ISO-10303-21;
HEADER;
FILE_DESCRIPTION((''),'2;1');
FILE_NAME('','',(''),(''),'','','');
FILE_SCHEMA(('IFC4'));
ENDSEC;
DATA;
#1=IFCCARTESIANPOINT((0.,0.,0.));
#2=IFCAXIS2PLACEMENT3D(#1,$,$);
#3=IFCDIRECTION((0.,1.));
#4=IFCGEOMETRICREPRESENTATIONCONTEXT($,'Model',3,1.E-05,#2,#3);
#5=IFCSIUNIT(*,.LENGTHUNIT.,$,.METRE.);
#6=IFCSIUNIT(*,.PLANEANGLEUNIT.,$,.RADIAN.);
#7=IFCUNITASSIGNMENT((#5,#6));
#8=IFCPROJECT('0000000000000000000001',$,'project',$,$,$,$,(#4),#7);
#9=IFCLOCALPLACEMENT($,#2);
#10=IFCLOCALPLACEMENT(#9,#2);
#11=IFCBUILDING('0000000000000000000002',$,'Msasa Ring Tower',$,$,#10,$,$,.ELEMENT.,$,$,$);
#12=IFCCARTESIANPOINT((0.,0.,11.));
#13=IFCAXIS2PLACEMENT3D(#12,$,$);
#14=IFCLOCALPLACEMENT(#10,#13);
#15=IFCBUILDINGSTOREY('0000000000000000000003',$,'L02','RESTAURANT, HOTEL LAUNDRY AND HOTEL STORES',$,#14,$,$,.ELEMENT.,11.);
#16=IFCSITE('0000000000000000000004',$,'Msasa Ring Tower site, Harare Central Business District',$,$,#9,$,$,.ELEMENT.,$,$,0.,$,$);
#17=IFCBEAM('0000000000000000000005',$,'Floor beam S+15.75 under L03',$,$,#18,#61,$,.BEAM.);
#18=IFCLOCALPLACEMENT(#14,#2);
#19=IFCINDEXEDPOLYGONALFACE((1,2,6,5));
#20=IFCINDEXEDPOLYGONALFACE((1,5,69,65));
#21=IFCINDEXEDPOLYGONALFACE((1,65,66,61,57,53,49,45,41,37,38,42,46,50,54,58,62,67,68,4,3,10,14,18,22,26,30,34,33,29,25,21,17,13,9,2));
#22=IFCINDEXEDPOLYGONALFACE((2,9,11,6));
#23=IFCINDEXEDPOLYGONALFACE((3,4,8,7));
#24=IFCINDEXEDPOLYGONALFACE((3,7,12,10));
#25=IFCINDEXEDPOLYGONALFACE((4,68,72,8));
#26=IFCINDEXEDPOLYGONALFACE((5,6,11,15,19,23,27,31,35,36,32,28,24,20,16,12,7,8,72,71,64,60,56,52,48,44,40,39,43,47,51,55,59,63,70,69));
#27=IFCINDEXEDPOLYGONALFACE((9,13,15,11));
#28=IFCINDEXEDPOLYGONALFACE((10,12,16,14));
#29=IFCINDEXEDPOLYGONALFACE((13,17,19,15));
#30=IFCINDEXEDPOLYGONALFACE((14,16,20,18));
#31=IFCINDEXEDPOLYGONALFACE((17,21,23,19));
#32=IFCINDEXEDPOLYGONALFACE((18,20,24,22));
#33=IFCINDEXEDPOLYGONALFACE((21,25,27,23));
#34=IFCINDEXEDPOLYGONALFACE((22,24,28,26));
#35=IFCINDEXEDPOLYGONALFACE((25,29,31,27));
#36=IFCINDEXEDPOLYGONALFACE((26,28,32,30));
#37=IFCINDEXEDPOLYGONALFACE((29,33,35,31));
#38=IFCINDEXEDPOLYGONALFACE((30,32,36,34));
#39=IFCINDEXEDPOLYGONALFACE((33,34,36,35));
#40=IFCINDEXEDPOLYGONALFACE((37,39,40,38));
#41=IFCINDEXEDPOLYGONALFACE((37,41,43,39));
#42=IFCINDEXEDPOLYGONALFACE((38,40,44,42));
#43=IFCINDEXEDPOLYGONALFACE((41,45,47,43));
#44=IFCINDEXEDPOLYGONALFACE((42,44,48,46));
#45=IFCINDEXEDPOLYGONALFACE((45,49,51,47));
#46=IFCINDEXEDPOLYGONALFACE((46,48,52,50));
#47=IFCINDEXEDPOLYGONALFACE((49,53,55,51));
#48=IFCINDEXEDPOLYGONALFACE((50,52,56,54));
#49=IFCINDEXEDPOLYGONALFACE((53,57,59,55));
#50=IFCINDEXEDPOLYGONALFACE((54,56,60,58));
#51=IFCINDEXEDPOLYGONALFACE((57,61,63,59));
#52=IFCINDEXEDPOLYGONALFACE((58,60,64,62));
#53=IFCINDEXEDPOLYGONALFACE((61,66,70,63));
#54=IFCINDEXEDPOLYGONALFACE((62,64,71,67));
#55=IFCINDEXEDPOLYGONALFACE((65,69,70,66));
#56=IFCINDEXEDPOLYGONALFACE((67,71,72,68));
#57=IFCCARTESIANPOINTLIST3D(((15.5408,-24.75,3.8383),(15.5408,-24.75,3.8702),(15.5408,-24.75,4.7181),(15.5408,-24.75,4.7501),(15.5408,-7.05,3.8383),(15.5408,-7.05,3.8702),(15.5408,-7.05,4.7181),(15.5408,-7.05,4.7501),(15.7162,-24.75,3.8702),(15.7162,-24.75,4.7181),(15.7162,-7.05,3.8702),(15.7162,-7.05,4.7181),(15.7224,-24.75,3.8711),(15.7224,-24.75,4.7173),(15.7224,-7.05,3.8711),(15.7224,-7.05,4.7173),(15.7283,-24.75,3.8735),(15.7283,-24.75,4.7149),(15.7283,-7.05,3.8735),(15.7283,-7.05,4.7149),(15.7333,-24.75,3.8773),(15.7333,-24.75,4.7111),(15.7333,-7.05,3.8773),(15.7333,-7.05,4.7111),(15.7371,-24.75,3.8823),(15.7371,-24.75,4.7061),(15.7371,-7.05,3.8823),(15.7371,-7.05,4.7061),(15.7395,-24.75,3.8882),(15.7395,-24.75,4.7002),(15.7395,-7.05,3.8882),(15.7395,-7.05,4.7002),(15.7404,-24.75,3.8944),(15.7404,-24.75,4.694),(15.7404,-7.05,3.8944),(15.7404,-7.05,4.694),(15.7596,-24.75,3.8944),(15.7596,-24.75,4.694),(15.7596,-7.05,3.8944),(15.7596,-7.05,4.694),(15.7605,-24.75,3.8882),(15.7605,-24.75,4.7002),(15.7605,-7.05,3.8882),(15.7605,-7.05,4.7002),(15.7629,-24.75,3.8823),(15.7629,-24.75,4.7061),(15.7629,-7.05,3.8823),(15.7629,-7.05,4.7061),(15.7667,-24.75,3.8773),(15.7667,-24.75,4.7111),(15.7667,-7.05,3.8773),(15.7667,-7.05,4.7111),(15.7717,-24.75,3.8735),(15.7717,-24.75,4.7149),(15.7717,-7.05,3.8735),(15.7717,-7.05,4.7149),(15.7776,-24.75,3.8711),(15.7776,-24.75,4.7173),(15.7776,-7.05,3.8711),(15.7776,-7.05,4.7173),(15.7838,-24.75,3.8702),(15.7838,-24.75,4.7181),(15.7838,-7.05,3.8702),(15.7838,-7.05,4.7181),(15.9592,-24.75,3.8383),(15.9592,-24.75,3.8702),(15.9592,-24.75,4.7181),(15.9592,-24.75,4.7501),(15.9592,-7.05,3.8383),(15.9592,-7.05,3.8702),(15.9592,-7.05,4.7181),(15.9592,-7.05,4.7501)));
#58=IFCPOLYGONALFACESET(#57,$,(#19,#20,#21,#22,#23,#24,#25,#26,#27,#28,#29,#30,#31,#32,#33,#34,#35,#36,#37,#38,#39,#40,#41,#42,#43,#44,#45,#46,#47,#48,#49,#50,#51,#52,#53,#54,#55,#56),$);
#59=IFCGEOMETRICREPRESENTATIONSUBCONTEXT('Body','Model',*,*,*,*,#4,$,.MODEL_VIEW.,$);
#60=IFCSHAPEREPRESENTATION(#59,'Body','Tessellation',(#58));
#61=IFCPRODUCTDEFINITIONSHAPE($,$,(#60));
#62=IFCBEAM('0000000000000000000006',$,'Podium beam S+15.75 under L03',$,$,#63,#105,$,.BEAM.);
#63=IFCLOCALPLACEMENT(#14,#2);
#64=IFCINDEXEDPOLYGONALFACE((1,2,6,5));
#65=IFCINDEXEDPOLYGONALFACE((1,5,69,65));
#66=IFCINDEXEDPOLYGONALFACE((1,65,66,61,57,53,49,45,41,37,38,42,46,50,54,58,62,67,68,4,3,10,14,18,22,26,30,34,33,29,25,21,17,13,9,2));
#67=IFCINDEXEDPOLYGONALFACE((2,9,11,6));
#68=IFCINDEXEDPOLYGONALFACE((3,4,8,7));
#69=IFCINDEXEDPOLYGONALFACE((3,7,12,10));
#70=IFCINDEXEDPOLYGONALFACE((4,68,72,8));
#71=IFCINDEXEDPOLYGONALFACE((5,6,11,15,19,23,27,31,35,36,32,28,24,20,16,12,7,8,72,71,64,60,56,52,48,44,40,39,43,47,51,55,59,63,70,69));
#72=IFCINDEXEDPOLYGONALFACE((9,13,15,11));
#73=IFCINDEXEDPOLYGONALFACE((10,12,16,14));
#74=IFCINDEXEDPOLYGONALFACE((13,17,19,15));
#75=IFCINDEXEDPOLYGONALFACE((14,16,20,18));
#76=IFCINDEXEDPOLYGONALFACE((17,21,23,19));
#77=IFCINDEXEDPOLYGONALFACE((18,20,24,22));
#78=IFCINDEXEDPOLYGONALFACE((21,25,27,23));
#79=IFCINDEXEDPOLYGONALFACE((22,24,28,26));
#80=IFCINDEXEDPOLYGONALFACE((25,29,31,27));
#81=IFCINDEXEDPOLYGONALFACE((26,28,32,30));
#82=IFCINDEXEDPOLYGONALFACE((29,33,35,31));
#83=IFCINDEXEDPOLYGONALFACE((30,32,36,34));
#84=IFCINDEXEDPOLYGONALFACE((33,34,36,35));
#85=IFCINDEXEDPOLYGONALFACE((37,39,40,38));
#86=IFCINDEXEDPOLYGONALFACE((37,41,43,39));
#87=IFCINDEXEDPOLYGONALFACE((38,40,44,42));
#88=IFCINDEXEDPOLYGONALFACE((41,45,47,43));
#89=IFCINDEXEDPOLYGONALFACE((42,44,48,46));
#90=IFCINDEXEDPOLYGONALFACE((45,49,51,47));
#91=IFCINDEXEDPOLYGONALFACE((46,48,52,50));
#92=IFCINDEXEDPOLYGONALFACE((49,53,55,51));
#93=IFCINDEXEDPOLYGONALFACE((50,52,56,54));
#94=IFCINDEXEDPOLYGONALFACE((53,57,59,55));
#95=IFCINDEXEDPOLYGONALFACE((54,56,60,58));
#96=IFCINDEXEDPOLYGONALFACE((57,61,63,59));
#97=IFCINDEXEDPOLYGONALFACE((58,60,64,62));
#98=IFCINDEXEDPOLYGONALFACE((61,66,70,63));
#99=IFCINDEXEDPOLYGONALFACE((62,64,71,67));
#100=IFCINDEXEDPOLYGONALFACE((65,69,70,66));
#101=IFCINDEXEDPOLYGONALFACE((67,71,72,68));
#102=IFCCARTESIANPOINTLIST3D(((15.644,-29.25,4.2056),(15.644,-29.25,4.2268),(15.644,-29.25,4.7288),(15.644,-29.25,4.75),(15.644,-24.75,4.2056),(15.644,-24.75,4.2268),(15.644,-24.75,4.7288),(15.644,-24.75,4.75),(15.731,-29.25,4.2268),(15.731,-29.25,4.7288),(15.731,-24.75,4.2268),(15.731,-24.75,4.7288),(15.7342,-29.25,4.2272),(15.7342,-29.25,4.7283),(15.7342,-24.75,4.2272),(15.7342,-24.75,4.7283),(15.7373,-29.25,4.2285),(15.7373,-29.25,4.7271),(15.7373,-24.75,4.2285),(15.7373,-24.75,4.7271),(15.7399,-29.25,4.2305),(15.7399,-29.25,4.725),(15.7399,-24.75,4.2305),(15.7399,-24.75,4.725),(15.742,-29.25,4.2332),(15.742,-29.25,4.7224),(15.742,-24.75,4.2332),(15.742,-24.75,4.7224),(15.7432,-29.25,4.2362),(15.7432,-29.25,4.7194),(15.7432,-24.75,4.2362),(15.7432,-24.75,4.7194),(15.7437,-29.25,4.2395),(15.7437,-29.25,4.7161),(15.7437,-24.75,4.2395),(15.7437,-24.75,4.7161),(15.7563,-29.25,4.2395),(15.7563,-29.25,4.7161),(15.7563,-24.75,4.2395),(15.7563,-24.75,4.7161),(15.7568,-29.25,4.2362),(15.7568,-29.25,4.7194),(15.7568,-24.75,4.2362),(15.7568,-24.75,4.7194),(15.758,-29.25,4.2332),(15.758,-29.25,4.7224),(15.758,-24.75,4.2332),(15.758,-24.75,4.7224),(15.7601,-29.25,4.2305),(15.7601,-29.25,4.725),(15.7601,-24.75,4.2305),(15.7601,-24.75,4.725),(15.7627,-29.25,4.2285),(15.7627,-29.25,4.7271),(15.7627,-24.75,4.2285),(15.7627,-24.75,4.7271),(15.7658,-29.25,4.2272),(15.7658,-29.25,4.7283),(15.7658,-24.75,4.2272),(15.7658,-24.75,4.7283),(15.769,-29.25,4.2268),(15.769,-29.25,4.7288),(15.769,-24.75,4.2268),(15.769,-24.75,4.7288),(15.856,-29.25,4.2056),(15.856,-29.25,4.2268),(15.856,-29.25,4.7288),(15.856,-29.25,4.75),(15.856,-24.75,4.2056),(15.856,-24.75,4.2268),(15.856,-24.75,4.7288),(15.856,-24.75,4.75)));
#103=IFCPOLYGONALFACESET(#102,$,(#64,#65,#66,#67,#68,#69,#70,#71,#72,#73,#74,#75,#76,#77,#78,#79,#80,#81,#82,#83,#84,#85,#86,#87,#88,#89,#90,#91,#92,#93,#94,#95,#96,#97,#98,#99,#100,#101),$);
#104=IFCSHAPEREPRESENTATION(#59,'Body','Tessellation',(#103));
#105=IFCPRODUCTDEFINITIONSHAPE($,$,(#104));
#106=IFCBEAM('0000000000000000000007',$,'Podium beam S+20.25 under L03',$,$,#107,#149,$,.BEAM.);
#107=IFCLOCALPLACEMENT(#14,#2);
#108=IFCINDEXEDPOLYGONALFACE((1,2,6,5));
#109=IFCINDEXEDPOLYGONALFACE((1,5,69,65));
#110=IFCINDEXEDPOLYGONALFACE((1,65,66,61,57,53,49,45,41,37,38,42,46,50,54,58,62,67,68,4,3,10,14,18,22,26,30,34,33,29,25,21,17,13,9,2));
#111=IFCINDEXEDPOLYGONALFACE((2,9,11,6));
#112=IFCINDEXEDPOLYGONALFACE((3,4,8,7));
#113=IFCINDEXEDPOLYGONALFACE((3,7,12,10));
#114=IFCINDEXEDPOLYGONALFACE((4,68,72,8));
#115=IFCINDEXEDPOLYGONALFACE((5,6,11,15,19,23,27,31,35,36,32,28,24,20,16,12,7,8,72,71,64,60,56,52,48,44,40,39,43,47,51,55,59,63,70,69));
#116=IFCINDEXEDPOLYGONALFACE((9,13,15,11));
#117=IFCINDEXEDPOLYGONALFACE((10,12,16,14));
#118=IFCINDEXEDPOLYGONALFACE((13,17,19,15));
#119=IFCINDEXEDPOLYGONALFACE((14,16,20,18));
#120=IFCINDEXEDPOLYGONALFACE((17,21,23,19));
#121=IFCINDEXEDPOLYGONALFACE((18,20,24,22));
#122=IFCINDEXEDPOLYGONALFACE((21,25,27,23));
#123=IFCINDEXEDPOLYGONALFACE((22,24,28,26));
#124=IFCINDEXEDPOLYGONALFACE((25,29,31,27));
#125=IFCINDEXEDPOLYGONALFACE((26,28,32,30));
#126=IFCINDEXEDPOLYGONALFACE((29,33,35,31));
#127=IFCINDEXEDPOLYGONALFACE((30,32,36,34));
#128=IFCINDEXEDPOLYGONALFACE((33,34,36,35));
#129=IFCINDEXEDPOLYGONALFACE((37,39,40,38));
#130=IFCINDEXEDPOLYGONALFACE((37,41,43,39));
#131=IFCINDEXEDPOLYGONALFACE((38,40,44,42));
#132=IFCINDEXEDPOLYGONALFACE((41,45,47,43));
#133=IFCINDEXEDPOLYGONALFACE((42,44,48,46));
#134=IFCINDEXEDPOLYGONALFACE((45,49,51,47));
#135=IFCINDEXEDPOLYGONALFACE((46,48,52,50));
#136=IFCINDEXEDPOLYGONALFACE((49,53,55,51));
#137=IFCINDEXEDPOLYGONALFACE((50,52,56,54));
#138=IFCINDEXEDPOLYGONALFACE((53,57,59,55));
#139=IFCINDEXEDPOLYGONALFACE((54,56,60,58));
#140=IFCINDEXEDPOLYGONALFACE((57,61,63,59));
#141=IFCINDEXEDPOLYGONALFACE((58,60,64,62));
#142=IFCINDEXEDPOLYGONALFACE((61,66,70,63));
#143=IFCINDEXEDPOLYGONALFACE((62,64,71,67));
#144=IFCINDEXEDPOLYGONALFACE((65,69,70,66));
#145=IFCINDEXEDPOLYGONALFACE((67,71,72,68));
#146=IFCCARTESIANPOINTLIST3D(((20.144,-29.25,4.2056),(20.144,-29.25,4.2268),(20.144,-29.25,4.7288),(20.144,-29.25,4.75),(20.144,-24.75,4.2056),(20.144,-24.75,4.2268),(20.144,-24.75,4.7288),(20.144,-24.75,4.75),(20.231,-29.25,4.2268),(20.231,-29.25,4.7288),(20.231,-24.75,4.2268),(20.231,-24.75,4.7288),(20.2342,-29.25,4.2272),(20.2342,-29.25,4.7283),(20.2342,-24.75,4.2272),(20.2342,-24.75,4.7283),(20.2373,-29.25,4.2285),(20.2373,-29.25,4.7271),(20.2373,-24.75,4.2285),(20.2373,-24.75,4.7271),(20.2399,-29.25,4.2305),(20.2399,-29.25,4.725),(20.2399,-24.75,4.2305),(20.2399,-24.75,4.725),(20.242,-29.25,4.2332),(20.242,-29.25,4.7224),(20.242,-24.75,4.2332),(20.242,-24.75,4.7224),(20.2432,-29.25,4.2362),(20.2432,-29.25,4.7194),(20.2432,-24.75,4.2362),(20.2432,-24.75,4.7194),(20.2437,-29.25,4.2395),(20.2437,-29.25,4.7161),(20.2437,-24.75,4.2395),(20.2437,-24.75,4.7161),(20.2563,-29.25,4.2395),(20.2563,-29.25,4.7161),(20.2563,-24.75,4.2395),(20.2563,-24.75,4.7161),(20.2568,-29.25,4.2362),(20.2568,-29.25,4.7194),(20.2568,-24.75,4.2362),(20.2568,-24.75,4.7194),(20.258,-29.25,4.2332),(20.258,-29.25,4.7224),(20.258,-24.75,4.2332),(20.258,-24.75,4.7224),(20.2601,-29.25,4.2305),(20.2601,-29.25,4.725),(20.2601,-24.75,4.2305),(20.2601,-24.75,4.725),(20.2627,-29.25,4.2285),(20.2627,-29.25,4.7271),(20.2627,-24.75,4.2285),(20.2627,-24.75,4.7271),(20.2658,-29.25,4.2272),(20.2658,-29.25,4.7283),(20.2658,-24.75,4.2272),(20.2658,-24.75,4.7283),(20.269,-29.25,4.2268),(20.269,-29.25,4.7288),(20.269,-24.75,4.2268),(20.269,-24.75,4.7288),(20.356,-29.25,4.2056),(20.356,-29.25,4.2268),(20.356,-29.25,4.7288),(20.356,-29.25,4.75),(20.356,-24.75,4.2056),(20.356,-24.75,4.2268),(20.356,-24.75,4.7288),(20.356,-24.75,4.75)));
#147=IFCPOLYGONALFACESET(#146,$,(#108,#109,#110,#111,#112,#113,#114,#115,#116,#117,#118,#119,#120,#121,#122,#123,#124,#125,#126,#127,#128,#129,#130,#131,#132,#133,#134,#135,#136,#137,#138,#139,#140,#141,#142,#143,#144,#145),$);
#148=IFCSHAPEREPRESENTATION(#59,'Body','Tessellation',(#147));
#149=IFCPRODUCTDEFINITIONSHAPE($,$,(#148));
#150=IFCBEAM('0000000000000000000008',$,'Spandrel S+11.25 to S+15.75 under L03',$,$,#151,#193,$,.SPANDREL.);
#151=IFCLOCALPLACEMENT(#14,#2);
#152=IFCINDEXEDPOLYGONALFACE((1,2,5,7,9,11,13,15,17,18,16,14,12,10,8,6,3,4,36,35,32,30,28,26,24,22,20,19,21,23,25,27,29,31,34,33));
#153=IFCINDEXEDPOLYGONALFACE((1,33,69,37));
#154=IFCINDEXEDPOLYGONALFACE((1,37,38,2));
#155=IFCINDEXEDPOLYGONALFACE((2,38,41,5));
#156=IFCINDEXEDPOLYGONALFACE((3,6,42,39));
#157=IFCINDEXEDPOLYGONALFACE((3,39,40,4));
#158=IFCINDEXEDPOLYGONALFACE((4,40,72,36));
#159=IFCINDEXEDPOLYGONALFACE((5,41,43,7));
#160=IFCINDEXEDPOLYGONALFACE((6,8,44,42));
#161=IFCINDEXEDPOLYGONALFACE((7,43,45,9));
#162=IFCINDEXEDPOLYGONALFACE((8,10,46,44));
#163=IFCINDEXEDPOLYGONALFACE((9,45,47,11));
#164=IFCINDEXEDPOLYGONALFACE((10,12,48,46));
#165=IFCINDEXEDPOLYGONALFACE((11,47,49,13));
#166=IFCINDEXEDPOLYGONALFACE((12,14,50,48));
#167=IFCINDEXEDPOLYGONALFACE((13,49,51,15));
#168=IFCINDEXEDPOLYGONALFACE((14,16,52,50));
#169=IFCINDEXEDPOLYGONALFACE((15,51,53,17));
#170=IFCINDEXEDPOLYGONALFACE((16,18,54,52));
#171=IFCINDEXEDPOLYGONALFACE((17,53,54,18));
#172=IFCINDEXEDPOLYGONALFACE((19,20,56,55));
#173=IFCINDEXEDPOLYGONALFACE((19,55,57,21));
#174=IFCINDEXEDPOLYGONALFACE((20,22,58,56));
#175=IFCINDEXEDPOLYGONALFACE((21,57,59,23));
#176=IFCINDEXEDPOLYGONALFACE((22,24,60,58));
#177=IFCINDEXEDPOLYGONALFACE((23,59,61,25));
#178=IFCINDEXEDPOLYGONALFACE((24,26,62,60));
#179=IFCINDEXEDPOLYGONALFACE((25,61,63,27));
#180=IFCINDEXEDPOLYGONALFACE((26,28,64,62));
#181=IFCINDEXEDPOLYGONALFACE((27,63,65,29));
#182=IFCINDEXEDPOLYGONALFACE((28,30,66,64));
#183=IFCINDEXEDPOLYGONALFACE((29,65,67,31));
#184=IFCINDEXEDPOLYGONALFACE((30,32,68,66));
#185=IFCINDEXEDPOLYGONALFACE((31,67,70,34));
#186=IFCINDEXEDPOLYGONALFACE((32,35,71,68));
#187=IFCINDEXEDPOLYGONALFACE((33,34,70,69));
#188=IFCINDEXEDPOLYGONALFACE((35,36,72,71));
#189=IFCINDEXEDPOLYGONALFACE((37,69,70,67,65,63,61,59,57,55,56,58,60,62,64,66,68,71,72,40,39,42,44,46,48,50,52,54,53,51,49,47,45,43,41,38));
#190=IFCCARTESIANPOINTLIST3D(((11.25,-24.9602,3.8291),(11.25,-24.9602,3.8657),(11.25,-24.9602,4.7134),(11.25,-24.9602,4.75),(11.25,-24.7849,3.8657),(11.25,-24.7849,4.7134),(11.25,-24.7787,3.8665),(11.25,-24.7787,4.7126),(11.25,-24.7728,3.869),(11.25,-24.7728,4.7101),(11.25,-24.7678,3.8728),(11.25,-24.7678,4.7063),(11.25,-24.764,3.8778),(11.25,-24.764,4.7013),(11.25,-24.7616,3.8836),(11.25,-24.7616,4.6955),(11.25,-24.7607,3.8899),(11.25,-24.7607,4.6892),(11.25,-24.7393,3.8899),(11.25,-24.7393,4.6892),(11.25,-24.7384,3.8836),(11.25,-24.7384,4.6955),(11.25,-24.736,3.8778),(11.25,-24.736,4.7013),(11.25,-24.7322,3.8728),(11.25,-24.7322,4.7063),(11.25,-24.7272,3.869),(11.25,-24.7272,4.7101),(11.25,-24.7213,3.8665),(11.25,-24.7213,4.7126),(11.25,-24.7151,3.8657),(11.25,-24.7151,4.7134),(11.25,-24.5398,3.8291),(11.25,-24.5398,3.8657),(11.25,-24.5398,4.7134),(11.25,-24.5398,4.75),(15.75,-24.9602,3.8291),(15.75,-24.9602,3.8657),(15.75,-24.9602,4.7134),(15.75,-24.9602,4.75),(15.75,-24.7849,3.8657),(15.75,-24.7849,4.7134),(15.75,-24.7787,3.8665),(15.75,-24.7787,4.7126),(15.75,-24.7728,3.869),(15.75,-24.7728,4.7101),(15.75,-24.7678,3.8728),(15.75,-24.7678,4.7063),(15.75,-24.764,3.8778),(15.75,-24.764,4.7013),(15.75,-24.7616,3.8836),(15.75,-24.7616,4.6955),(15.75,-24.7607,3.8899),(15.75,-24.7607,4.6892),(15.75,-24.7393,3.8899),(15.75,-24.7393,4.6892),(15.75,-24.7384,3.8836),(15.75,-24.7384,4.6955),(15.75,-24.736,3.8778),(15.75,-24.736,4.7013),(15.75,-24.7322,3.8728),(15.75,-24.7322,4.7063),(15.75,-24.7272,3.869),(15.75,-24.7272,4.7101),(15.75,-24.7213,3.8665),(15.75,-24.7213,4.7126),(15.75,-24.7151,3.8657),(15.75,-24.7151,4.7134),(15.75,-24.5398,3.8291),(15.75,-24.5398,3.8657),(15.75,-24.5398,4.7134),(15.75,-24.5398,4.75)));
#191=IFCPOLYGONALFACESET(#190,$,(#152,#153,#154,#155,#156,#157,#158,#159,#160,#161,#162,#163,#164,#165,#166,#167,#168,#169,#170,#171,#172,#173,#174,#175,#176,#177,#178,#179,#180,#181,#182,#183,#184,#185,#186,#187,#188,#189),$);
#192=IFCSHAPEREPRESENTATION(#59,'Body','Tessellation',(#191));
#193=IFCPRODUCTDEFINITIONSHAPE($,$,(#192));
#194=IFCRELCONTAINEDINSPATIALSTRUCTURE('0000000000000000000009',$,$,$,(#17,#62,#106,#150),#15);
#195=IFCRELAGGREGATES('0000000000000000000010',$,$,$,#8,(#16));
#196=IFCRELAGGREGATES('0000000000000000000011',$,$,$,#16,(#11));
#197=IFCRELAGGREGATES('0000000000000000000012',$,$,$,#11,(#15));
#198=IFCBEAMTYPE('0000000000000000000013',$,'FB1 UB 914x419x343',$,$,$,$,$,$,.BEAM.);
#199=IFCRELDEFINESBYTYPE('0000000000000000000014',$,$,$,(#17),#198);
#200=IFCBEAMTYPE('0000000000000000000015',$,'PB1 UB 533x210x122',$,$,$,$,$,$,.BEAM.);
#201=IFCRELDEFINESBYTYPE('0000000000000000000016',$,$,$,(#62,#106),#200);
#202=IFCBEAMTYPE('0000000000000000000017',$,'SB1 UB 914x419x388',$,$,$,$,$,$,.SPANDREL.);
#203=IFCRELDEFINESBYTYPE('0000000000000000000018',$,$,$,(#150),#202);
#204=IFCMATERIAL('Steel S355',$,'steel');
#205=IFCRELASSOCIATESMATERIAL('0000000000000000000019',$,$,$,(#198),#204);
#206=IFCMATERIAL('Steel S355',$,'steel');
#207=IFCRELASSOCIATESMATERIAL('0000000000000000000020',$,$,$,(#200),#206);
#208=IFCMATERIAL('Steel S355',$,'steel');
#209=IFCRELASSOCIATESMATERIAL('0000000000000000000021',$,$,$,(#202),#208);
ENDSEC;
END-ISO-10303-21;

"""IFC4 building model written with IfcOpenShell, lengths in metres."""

from ifc_helpers import new_model, si_unit, direction, frame, origin, origin_2d, place, context, subcontext, project, spatial, i_section, extrude, material, material_profile, profile_set, type_object, element, save


model = new_model("IFC4")

# Units and contexts
model_context = context("Model", 3, precision=1e-05, world=origin(), true_north=direction((0.0, 1.0)))
body_context = subcontext(model_context, "Body", "Model", "MODEL_VIEW")
ifc_project = project(units=[si_unit("LENGTHUNIT", "METRE"), si_unit("PLANEANGLEUNIT", "RADIAN")], contexts=[model_context])

# Site, building, storey
site_placement = place(None, origin())
site = spatial("IfcSite", under=ifc_project, at=site_placement, Name="Msasa Ring Tower site, Harare Central Business District", CompositionType="ELEMENT", RefElevation=0.0)
building_placement = place(site_placement, origin())
building = spatial("IfcBuilding", under=site, at=building_placement, Name="Msasa Ring Tower", CompositionType="ELEMENT")
storey_placement = place(building_placement, frame((0.0, 0.0, 11.0)))
storey = spatial("IfcBuildingStorey", under=building, at=storey_placement, Name="L02", Description="RESTAURANT, HOTEL LAUNDRY AND HOTEL STORES", CompositionType="ELEMENT", Elevation=11.0)

# Beams
ifc_material_1 = material(Name="Steel S355", Category="steel")
ifc_material_profile_1 = material_profile(ifc_material_1, i_section(OverallWidth=0.4185, OverallDepth=0.9119, WebThickness=0.0193, FlangeThickness=0.032, FilletRadius=0.0242, at=origin_2d()), Name="UB 914x419x343")
ifc_profile_set_1 = profile_set([ifc_material_profile_1], Name="Steel S355")
beam_type_1 = type_object("IfcBeamType", Name="FB1 UB 914x419x343", PredefinedType="BEAM", material=ifc_profile_set_1)
for number, where, z_axis, x_axis, name in (
    (1, (15.75, -24.75, 4.2942), (0.0, 1.0, 0.0), (-1.0, 0.0, 0.0), "Floor beam S+15.75 under L03"),
):
    element("IfcBeam", number, at=place(storey_placement, frame(where, z_axis=z_axis, x_axis=x_axis)), inside=storey, type_object=beam_type_1, Name=name, PredefinedType="BEAM", context=body_context, shape_type="SweptSolid", body=[
        extrude(i_section(OverallWidth=0.4185, OverallDepth=0.9119, WebThickness=0.0193, FlangeThickness=0.032, FilletRadius=0.0242, at=origin_2d()), origin(), (0.0, 0.0, 1.0), 17.7),
    ])
ifc_material_2 = material(Name="Steel S355", Category="steel")
ifc_material_profile_2 = material_profile(ifc_material_2, i_section(OverallWidth=0.2119, OverallDepth=0.5444, WebThickness=0.0127, FlangeThickness=0.0212, FilletRadius=0.0127, at=origin_2d()), Name="UB 533x210x122")
ifc_profile_set_2 = profile_set([ifc_material_profile_2], Name="Steel S355")
beam_type_2 = type_object("IfcBeamType", Name="PB1 UB 533x210x122", PredefinedType="BEAM", material=ifc_profile_set_2)
for number, where, z_axis, x_axis, name in (
    (2, (15.75, -29.25, 4.4778), (0.0, 1.0, 0.0), (-1.0, 0.0, 0.0), "Podium beam S+15.75 under L03"),
    (3, (20.25, -29.25, 4.4778), (0.0, 1.0, 0.0), (-1.0, 0.0, 0.0), "Podium beam S+20.25 under L03"),
):
    element("IfcBeam", number, at=place(storey_placement, frame(where, z_axis=z_axis, x_axis=x_axis)), inside=storey, type_object=beam_type_2, Name=name, PredefinedType="BEAM", context=body_context, shape_type="SweptSolid", body=[
        extrude(i_section(OverallWidth=0.2119, OverallDepth=0.5444, WebThickness=0.0127, FlangeThickness=0.0212, FilletRadius=0.0127, at=origin_2d()), origin(), (0.0, 0.0, 1.0), 4.5),
    ])
ifc_material_3 = material(Name="Steel S355", Category="steel")
ifc_material_profile_3 = material_profile(ifc_material_3, i_section(OverallWidth=0.4204, OverallDepth=0.9209, WebThickness=0.0215, FlangeThickness=0.0366, FilletRadius=0.0242, at=origin_2d()), Name="UB 914x419x388")
ifc_profile_set_3 = profile_set([ifc_material_profile_3], Name="Steel S355")
beam_type_3 = type_object("IfcBeamType", Name="SB1 UB 914x419x388", PredefinedType="SPANDREL", material=ifc_profile_set_3)
for number, where, z_axis, x_axis, name in (
    (4, (11.25, -24.75, 4.2896), (1.0, 0.0, 0.0), (0.0, 1.0, 0.0), "Spandrel S+11.25 to S+15.75 under L03"),
):
    element("IfcBeam", number, at=place(storey_placement, frame(where, z_axis=z_axis, x_axis=x_axis)), inside=storey, type_object=beam_type_3, Name=name, PredefinedType="SPANDREL", context=body_context, shape_type="SweptSolid", body=[
        extrude(i_section(OverallWidth=0.4204, OverallDepth=0.9209, WebThickness=0.0215, FlangeThickness=0.0366, FilletRadius=0.0242, at=origin_2d()), origin(), (0.0, 0.0, 1.0), 4.5),
    ])

save(model, "model.ifc")
